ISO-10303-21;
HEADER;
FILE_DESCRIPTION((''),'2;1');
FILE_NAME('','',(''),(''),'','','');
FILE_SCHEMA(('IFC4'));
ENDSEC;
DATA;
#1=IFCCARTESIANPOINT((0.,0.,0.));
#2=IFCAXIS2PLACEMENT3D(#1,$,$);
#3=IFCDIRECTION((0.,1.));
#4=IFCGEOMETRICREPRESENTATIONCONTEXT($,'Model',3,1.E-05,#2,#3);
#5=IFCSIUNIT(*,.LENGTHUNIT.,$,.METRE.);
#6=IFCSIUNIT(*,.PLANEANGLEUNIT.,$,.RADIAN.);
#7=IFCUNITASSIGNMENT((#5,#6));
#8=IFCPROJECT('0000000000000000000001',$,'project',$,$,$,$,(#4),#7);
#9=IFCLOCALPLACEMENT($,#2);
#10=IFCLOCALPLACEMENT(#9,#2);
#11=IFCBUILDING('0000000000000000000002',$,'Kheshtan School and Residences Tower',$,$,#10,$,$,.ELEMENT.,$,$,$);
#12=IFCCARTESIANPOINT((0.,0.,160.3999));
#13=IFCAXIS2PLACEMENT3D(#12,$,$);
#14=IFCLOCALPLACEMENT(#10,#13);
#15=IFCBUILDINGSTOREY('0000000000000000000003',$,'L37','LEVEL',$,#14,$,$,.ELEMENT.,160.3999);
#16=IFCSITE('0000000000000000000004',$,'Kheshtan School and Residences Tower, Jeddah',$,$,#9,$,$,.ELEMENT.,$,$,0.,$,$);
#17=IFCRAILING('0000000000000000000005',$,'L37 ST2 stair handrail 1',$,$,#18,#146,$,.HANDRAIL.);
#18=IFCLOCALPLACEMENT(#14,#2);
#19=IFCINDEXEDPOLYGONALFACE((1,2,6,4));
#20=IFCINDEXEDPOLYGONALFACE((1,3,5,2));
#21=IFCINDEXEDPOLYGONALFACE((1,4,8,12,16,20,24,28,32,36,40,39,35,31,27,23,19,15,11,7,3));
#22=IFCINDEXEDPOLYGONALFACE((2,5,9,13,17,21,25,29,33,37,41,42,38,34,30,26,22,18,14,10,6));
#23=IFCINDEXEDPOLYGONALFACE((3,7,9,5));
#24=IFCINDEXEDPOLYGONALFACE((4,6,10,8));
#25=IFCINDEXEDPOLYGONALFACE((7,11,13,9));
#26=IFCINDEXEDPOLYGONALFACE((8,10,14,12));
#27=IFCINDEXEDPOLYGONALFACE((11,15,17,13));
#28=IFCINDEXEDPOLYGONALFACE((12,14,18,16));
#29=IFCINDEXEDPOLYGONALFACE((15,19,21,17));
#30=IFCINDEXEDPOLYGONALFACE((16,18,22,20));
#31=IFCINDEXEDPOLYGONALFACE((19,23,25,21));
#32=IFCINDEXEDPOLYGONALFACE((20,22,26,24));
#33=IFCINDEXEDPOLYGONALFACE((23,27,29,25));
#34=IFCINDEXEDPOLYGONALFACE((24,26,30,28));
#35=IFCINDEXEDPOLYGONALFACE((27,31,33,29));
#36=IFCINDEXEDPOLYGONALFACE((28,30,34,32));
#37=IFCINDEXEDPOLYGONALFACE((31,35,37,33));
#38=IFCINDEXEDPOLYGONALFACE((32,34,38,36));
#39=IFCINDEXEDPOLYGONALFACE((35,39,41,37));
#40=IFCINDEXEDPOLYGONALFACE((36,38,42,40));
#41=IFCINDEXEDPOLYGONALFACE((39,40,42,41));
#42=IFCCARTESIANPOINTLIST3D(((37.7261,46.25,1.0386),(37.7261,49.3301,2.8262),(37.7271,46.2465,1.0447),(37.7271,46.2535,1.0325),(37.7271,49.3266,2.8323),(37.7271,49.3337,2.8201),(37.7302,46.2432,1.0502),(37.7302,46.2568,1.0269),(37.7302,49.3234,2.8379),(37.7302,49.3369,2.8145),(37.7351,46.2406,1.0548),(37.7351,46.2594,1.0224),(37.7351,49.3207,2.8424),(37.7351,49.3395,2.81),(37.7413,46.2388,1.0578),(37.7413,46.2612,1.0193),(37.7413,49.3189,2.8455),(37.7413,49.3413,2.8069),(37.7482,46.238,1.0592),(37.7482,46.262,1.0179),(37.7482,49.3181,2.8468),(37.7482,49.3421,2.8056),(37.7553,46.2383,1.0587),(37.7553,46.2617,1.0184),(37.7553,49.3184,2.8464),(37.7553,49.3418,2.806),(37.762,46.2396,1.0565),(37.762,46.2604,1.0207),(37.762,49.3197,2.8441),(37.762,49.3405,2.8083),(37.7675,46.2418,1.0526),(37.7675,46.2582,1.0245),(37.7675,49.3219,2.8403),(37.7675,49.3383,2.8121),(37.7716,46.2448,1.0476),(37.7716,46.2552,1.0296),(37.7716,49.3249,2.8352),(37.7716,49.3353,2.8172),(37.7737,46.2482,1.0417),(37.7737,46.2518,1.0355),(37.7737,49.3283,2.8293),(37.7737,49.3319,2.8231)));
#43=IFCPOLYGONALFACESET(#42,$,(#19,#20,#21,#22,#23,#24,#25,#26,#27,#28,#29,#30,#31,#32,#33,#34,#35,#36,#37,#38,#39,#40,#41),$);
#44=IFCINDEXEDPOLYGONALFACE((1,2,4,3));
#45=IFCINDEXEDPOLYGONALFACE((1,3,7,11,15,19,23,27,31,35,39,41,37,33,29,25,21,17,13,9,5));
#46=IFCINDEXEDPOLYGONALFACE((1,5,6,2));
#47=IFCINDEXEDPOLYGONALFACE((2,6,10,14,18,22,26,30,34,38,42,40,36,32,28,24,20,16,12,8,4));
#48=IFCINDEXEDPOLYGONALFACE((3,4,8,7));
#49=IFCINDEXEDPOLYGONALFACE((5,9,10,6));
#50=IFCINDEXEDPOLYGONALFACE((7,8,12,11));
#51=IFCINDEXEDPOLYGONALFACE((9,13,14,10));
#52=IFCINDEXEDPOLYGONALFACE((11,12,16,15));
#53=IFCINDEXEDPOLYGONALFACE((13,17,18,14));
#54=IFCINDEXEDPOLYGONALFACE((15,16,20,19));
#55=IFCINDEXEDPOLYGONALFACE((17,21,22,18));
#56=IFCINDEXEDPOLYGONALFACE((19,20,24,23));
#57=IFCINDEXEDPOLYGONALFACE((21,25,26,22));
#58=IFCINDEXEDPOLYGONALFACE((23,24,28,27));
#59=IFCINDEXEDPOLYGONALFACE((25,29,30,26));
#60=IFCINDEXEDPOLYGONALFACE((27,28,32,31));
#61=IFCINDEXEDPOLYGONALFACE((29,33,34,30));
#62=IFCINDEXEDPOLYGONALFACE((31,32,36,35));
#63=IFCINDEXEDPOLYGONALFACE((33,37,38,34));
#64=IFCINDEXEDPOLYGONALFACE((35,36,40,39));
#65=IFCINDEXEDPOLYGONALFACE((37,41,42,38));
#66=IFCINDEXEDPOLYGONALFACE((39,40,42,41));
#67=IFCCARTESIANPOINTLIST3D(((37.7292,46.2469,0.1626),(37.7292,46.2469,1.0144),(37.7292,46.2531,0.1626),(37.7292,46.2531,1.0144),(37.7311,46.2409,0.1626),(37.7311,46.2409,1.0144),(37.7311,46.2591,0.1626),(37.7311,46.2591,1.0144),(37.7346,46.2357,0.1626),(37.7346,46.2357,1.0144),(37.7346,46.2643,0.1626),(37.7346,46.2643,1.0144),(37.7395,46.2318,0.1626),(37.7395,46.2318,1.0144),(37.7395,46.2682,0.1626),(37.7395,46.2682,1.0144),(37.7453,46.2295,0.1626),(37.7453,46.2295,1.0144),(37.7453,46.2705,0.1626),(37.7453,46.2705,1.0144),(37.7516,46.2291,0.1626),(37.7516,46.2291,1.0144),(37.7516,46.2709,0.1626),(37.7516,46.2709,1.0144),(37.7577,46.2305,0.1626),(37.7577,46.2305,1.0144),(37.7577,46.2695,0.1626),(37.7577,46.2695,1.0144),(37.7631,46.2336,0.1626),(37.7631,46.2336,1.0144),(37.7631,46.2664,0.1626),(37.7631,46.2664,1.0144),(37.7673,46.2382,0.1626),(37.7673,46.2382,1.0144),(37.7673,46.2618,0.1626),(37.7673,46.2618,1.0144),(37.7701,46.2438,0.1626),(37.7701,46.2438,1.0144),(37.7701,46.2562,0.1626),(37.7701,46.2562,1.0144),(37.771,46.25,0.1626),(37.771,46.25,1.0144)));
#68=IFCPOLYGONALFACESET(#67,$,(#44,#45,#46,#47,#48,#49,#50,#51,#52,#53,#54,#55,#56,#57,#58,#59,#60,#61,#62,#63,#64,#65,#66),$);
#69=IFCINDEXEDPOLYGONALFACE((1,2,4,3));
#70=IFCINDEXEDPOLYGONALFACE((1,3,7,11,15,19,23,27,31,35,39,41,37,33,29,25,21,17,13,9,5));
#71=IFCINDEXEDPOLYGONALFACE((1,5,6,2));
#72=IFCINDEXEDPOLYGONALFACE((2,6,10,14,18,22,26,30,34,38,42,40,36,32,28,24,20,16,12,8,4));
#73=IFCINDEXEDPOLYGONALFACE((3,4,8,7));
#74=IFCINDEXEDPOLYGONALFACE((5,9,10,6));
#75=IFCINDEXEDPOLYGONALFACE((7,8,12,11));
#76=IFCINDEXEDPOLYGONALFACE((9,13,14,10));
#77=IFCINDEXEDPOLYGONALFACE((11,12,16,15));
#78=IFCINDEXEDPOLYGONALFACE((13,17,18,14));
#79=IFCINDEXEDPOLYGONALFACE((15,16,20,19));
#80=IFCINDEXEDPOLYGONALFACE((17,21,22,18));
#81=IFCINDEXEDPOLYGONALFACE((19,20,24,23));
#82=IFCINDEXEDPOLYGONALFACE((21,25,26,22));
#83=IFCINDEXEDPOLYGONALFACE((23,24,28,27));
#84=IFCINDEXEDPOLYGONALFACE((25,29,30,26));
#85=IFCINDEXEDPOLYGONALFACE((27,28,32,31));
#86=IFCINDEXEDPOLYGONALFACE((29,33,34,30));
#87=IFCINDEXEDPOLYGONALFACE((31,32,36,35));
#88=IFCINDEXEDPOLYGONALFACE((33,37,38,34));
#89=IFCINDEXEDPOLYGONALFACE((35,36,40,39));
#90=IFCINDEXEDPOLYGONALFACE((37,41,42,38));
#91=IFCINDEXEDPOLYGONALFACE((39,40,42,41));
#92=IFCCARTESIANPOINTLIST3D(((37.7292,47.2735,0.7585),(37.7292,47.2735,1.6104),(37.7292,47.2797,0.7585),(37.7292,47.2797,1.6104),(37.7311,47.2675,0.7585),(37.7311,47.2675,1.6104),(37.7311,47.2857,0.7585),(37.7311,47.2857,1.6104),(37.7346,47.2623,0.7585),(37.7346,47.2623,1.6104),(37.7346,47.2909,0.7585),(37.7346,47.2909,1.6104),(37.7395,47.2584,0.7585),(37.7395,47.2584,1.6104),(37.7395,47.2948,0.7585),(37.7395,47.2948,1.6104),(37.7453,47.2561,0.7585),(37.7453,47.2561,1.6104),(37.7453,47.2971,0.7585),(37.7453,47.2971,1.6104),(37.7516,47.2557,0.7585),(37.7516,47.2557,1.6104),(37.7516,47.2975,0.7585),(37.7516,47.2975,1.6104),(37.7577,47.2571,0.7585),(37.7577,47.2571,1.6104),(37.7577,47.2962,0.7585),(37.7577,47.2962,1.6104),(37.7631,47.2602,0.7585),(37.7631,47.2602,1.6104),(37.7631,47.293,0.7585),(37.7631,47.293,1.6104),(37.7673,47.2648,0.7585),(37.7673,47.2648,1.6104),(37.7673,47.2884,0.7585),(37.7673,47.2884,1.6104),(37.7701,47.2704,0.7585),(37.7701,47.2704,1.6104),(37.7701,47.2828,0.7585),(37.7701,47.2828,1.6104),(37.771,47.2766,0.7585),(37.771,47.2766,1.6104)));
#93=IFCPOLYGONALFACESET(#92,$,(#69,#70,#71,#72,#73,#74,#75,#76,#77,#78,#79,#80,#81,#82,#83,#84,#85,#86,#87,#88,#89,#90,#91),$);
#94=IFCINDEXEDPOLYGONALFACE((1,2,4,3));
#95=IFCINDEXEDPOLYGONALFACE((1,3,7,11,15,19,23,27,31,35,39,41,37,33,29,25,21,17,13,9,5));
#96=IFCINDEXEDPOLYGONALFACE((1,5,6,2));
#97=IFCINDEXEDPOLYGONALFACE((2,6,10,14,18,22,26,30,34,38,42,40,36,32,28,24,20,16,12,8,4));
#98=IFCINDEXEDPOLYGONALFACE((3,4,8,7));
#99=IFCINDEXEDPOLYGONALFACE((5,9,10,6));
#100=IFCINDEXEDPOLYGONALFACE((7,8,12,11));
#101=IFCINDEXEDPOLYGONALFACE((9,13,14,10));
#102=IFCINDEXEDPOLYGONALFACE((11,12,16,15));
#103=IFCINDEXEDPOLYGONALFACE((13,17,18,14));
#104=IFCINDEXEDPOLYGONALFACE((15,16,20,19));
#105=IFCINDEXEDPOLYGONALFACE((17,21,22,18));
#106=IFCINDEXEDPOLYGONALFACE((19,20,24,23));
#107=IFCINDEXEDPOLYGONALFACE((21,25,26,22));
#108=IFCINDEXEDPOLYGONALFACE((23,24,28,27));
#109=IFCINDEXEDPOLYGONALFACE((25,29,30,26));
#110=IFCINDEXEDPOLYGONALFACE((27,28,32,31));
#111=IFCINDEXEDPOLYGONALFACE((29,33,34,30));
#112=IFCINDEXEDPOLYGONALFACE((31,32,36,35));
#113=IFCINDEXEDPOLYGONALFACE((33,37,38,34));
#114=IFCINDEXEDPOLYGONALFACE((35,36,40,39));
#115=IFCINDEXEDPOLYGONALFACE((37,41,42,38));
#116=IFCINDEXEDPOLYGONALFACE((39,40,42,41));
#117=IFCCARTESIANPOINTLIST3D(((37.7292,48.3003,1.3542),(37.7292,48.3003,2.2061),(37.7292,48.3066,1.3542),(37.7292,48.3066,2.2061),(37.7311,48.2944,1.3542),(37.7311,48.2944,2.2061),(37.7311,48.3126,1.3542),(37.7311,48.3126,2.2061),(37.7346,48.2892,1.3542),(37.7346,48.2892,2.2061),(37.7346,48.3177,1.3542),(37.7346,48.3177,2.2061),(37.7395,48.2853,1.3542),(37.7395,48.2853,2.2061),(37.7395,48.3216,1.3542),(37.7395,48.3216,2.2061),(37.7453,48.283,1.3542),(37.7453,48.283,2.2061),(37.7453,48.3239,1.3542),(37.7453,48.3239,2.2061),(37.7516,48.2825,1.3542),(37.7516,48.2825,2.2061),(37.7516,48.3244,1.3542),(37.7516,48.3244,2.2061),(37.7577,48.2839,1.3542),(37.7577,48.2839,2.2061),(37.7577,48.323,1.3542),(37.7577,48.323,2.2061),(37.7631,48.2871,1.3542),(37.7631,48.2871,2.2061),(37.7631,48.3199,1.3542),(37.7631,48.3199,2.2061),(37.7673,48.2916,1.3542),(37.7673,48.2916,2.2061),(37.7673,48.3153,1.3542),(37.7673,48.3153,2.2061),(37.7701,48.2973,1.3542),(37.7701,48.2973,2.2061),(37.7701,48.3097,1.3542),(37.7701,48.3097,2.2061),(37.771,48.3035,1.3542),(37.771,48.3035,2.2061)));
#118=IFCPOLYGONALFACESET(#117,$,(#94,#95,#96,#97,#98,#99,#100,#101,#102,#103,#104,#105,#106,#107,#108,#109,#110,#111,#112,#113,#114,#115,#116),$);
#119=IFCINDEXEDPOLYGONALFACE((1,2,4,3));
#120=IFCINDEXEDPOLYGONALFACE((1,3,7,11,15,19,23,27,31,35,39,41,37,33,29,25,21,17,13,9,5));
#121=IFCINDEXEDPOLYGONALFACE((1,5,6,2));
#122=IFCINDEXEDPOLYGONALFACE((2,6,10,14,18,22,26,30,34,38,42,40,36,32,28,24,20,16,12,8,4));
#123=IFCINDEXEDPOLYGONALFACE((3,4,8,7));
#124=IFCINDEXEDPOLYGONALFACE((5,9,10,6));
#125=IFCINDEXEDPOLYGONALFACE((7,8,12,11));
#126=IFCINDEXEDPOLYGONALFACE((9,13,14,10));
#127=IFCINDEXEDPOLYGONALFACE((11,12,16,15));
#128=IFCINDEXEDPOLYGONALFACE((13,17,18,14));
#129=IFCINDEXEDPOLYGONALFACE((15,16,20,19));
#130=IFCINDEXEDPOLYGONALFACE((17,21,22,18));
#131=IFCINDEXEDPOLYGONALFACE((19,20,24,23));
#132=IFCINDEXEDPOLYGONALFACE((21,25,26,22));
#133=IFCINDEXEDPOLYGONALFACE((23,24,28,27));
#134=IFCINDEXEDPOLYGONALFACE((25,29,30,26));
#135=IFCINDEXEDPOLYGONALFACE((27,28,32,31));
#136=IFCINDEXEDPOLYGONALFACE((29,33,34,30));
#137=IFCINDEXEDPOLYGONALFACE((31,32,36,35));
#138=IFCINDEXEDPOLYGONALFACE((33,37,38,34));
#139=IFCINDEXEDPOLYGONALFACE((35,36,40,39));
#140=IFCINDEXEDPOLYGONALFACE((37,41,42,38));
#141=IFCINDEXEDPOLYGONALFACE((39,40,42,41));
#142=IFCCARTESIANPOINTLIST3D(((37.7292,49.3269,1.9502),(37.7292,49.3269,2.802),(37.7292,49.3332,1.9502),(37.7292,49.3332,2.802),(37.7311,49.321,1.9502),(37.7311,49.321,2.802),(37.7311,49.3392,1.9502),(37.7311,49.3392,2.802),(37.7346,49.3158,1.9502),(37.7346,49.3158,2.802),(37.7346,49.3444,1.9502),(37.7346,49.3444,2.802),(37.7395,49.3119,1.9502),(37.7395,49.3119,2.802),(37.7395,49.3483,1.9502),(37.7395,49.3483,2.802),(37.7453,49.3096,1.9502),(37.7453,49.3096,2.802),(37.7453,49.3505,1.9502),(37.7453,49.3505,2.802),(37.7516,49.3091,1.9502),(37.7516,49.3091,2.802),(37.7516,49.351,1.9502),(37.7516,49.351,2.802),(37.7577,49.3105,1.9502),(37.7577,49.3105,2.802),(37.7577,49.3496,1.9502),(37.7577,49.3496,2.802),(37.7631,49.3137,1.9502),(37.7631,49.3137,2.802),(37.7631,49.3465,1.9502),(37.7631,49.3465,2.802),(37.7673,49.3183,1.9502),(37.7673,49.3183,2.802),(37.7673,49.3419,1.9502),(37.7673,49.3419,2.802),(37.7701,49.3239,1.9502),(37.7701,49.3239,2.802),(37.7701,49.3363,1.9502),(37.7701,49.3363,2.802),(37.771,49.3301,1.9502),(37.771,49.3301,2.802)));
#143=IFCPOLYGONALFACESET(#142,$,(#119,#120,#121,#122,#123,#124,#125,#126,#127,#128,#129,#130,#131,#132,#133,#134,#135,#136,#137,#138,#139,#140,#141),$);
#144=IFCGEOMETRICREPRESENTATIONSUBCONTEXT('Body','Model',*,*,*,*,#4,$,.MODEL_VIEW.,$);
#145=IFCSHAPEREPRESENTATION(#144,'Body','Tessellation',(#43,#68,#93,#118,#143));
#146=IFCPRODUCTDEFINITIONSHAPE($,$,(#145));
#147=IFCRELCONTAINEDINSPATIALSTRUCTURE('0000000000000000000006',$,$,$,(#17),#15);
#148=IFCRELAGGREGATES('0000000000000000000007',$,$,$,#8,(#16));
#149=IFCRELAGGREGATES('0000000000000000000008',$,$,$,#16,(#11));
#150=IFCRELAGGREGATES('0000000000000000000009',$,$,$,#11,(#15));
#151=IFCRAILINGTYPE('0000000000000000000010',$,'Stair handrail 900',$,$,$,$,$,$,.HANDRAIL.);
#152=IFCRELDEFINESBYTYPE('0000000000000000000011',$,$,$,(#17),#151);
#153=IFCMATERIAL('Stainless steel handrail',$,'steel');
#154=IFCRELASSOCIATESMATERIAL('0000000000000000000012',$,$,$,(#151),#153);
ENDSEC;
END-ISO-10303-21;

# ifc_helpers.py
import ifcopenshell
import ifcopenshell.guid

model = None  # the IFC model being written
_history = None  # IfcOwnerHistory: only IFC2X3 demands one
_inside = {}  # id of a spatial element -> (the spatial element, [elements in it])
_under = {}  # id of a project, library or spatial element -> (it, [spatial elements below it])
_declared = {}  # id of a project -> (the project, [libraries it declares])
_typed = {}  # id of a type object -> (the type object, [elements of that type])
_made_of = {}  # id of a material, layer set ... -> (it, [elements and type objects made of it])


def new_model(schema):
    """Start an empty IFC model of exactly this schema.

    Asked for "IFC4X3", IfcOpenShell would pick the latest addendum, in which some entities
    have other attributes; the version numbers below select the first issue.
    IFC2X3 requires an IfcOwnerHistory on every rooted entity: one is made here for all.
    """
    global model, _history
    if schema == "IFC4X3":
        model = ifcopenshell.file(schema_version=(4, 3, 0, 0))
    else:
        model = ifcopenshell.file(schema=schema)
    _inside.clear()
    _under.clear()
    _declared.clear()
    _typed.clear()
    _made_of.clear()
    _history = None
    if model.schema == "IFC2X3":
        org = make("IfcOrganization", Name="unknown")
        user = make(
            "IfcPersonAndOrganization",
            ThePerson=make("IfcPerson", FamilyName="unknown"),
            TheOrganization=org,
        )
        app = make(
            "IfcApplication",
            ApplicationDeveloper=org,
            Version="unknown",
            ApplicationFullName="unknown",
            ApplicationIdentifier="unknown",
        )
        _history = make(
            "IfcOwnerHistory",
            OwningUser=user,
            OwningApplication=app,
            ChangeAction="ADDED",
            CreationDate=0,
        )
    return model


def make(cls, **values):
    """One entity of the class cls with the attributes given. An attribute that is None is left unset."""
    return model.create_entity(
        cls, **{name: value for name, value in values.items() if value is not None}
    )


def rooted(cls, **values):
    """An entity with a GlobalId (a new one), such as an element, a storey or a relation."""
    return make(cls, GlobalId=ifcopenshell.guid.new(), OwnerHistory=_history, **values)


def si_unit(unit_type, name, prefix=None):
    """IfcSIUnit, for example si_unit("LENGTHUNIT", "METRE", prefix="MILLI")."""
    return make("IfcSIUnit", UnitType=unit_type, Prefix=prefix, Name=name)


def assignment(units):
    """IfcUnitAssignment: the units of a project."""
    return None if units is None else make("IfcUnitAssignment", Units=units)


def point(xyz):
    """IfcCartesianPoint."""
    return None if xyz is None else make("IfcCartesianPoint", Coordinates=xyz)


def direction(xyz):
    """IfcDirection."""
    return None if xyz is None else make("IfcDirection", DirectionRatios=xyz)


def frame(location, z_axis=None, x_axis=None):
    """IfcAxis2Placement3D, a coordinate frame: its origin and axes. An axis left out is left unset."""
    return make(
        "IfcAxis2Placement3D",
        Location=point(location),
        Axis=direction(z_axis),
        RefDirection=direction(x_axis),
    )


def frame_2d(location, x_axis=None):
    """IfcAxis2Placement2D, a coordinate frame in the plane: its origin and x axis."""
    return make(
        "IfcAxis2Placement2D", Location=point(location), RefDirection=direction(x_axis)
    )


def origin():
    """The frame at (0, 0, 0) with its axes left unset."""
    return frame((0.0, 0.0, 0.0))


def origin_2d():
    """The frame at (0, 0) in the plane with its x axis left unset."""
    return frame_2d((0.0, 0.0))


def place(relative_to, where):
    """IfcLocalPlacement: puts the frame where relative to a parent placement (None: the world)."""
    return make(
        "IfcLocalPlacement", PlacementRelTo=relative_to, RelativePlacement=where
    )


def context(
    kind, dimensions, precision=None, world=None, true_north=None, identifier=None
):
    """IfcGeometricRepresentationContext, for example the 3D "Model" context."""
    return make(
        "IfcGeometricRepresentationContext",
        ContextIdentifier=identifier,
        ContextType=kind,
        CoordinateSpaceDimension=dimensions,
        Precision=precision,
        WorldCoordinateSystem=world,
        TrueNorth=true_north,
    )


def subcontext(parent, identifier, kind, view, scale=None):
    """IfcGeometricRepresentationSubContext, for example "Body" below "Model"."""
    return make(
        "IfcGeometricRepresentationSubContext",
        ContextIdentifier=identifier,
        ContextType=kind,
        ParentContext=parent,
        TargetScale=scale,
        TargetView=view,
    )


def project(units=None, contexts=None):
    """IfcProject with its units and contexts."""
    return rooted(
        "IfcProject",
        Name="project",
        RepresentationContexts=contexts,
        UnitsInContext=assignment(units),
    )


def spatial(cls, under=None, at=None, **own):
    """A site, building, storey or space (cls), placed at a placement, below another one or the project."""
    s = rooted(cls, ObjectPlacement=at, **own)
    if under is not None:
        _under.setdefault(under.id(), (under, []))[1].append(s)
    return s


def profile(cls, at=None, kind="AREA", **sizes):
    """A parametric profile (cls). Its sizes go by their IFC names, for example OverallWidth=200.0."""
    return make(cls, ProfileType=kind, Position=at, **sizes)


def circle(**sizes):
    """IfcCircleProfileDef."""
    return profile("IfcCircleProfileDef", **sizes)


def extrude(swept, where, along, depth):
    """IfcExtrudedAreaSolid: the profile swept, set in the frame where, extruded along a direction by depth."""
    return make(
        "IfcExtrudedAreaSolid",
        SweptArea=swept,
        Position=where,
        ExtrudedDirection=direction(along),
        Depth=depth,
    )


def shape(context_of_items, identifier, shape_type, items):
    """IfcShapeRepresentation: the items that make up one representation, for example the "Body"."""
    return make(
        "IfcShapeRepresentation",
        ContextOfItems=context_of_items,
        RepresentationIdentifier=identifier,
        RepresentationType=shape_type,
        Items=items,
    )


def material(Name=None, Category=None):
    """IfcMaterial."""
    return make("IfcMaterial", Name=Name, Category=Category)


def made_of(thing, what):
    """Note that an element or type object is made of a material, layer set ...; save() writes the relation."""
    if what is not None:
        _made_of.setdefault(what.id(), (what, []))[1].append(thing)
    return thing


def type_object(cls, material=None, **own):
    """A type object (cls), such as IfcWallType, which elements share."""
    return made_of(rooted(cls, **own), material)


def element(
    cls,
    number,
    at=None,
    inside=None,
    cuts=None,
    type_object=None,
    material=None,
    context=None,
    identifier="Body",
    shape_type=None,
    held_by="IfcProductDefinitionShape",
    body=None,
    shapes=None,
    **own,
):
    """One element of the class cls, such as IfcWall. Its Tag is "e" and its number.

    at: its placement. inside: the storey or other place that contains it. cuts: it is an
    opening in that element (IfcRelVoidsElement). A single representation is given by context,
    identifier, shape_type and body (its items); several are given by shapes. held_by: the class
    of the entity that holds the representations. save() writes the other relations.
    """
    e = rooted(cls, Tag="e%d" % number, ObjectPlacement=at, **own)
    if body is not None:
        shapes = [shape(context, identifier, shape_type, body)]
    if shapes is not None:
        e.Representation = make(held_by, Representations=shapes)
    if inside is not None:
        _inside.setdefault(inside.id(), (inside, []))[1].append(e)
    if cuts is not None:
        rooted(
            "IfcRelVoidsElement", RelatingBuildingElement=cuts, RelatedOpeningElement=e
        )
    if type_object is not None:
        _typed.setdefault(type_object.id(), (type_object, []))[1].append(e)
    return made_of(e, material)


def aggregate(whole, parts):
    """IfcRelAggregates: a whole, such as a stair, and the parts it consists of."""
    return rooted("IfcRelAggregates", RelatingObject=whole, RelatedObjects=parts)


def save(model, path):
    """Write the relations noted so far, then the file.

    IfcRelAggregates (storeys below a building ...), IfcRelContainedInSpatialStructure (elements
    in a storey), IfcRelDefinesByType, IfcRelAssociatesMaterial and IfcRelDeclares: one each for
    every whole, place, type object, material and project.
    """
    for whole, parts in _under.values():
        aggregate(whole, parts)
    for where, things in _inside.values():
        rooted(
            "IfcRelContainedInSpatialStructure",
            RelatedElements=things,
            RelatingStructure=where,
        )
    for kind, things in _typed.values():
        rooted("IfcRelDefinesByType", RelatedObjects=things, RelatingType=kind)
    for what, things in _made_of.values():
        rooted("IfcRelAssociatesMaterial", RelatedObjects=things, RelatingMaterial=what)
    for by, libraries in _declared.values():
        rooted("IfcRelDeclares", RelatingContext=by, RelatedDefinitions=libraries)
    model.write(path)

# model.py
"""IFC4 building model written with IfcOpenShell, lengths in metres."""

from ifc_helpers import new_model, si_unit, direction, frame, origin, origin_2d, place, context, subcontext, project, spatial, circle, extrude, material, type_object, element, save


model = new_model("IFC4")

# Units and contexts
model_context = context("Model", 3, precision=1e-05, world=origin(), true_north=direction((0.0, 1.0)))
body_context = subcontext(model_context, "Body", "Model", "MODEL_VIEW")
ifc_project = project(units=[si_unit("LENGTHUNIT", "METRE"), si_unit("PLANEANGLEUNIT", "RADIAN")], contexts=[model_context])

# Site, building, storey
site_placement = place(None, origin())
site = spatial("IfcSite", under=ifc_project, at=site_placement, Name="Kheshtan School and Residences Tower, Jeddah", CompositionType="ELEMENT", RefElevation=0.0)
building_placement = place(site_placement, origin())
building = spatial("IfcBuilding", under=site, at=building_placement, Name="Kheshtan School and Residences Tower", CompositionType="ELEMENT")
storey_placement = place(building_placement, frame((0.0, 0.0, 160.3999)))
storey = spatial("IfcBuildingStorey", under=building, at=storey_placement, Name="L37", Description="LEVEL", CompositionType="ELEMENT", Elevation=160.3999)

# Railing
ifc_material_1 = material(Name="Stainless steel handrail", Category="steel")
railing_type_1 = type_object("IfcRailingType", Name="Stair handrail 900", PredefinedType="HANDRAIL", material=ifc_material_1)
railing_1_placement = place(storey_placement, frame((37.75, 46.25, 0.1626)))
element("IfcRailing", 1, at=railing_1_placement, inside=storey, type_object=railing_type_1, Name="L37 ST2 stair handrail 1", PredefinedType="HANDRAIL", context=body_context, shape_type="SweptSolid", body=[
    extrude(circle(Radius=0.0239, at=origin_2d()), frame((0.0, 0.0, 0.876), z_axis=(0.0, 0.864891, 0.50196), x_axis=(-1.0, 0.0, 0.0)), (0.0, 0.0, 1.0), 3.5613),
    extrude(circle(Radius=0.021, at=origin_2d()), origin(), (0.0, 0.0, 1.0), 0.8518),
    extrude(circle(Radius=0.021, at=origin_2d()), frame((0.0, 1.0266, 0.5959)), (0.0, 0.0, 1.0), 0.8518),
    extrude(circle(Radius=0.021, at=origin_2d()), frame((0.0, 2.0535, 1.1917)), (0.0, 0.0, 1.0), 0.8518),
    extrude(circle(Radius=0.021, at=origin_2d()), frame((0.0, 3.0801, 1.7876)), (0.0, 0.0, 1.0), 0.8518),
])

save(model, "model.ifc")
